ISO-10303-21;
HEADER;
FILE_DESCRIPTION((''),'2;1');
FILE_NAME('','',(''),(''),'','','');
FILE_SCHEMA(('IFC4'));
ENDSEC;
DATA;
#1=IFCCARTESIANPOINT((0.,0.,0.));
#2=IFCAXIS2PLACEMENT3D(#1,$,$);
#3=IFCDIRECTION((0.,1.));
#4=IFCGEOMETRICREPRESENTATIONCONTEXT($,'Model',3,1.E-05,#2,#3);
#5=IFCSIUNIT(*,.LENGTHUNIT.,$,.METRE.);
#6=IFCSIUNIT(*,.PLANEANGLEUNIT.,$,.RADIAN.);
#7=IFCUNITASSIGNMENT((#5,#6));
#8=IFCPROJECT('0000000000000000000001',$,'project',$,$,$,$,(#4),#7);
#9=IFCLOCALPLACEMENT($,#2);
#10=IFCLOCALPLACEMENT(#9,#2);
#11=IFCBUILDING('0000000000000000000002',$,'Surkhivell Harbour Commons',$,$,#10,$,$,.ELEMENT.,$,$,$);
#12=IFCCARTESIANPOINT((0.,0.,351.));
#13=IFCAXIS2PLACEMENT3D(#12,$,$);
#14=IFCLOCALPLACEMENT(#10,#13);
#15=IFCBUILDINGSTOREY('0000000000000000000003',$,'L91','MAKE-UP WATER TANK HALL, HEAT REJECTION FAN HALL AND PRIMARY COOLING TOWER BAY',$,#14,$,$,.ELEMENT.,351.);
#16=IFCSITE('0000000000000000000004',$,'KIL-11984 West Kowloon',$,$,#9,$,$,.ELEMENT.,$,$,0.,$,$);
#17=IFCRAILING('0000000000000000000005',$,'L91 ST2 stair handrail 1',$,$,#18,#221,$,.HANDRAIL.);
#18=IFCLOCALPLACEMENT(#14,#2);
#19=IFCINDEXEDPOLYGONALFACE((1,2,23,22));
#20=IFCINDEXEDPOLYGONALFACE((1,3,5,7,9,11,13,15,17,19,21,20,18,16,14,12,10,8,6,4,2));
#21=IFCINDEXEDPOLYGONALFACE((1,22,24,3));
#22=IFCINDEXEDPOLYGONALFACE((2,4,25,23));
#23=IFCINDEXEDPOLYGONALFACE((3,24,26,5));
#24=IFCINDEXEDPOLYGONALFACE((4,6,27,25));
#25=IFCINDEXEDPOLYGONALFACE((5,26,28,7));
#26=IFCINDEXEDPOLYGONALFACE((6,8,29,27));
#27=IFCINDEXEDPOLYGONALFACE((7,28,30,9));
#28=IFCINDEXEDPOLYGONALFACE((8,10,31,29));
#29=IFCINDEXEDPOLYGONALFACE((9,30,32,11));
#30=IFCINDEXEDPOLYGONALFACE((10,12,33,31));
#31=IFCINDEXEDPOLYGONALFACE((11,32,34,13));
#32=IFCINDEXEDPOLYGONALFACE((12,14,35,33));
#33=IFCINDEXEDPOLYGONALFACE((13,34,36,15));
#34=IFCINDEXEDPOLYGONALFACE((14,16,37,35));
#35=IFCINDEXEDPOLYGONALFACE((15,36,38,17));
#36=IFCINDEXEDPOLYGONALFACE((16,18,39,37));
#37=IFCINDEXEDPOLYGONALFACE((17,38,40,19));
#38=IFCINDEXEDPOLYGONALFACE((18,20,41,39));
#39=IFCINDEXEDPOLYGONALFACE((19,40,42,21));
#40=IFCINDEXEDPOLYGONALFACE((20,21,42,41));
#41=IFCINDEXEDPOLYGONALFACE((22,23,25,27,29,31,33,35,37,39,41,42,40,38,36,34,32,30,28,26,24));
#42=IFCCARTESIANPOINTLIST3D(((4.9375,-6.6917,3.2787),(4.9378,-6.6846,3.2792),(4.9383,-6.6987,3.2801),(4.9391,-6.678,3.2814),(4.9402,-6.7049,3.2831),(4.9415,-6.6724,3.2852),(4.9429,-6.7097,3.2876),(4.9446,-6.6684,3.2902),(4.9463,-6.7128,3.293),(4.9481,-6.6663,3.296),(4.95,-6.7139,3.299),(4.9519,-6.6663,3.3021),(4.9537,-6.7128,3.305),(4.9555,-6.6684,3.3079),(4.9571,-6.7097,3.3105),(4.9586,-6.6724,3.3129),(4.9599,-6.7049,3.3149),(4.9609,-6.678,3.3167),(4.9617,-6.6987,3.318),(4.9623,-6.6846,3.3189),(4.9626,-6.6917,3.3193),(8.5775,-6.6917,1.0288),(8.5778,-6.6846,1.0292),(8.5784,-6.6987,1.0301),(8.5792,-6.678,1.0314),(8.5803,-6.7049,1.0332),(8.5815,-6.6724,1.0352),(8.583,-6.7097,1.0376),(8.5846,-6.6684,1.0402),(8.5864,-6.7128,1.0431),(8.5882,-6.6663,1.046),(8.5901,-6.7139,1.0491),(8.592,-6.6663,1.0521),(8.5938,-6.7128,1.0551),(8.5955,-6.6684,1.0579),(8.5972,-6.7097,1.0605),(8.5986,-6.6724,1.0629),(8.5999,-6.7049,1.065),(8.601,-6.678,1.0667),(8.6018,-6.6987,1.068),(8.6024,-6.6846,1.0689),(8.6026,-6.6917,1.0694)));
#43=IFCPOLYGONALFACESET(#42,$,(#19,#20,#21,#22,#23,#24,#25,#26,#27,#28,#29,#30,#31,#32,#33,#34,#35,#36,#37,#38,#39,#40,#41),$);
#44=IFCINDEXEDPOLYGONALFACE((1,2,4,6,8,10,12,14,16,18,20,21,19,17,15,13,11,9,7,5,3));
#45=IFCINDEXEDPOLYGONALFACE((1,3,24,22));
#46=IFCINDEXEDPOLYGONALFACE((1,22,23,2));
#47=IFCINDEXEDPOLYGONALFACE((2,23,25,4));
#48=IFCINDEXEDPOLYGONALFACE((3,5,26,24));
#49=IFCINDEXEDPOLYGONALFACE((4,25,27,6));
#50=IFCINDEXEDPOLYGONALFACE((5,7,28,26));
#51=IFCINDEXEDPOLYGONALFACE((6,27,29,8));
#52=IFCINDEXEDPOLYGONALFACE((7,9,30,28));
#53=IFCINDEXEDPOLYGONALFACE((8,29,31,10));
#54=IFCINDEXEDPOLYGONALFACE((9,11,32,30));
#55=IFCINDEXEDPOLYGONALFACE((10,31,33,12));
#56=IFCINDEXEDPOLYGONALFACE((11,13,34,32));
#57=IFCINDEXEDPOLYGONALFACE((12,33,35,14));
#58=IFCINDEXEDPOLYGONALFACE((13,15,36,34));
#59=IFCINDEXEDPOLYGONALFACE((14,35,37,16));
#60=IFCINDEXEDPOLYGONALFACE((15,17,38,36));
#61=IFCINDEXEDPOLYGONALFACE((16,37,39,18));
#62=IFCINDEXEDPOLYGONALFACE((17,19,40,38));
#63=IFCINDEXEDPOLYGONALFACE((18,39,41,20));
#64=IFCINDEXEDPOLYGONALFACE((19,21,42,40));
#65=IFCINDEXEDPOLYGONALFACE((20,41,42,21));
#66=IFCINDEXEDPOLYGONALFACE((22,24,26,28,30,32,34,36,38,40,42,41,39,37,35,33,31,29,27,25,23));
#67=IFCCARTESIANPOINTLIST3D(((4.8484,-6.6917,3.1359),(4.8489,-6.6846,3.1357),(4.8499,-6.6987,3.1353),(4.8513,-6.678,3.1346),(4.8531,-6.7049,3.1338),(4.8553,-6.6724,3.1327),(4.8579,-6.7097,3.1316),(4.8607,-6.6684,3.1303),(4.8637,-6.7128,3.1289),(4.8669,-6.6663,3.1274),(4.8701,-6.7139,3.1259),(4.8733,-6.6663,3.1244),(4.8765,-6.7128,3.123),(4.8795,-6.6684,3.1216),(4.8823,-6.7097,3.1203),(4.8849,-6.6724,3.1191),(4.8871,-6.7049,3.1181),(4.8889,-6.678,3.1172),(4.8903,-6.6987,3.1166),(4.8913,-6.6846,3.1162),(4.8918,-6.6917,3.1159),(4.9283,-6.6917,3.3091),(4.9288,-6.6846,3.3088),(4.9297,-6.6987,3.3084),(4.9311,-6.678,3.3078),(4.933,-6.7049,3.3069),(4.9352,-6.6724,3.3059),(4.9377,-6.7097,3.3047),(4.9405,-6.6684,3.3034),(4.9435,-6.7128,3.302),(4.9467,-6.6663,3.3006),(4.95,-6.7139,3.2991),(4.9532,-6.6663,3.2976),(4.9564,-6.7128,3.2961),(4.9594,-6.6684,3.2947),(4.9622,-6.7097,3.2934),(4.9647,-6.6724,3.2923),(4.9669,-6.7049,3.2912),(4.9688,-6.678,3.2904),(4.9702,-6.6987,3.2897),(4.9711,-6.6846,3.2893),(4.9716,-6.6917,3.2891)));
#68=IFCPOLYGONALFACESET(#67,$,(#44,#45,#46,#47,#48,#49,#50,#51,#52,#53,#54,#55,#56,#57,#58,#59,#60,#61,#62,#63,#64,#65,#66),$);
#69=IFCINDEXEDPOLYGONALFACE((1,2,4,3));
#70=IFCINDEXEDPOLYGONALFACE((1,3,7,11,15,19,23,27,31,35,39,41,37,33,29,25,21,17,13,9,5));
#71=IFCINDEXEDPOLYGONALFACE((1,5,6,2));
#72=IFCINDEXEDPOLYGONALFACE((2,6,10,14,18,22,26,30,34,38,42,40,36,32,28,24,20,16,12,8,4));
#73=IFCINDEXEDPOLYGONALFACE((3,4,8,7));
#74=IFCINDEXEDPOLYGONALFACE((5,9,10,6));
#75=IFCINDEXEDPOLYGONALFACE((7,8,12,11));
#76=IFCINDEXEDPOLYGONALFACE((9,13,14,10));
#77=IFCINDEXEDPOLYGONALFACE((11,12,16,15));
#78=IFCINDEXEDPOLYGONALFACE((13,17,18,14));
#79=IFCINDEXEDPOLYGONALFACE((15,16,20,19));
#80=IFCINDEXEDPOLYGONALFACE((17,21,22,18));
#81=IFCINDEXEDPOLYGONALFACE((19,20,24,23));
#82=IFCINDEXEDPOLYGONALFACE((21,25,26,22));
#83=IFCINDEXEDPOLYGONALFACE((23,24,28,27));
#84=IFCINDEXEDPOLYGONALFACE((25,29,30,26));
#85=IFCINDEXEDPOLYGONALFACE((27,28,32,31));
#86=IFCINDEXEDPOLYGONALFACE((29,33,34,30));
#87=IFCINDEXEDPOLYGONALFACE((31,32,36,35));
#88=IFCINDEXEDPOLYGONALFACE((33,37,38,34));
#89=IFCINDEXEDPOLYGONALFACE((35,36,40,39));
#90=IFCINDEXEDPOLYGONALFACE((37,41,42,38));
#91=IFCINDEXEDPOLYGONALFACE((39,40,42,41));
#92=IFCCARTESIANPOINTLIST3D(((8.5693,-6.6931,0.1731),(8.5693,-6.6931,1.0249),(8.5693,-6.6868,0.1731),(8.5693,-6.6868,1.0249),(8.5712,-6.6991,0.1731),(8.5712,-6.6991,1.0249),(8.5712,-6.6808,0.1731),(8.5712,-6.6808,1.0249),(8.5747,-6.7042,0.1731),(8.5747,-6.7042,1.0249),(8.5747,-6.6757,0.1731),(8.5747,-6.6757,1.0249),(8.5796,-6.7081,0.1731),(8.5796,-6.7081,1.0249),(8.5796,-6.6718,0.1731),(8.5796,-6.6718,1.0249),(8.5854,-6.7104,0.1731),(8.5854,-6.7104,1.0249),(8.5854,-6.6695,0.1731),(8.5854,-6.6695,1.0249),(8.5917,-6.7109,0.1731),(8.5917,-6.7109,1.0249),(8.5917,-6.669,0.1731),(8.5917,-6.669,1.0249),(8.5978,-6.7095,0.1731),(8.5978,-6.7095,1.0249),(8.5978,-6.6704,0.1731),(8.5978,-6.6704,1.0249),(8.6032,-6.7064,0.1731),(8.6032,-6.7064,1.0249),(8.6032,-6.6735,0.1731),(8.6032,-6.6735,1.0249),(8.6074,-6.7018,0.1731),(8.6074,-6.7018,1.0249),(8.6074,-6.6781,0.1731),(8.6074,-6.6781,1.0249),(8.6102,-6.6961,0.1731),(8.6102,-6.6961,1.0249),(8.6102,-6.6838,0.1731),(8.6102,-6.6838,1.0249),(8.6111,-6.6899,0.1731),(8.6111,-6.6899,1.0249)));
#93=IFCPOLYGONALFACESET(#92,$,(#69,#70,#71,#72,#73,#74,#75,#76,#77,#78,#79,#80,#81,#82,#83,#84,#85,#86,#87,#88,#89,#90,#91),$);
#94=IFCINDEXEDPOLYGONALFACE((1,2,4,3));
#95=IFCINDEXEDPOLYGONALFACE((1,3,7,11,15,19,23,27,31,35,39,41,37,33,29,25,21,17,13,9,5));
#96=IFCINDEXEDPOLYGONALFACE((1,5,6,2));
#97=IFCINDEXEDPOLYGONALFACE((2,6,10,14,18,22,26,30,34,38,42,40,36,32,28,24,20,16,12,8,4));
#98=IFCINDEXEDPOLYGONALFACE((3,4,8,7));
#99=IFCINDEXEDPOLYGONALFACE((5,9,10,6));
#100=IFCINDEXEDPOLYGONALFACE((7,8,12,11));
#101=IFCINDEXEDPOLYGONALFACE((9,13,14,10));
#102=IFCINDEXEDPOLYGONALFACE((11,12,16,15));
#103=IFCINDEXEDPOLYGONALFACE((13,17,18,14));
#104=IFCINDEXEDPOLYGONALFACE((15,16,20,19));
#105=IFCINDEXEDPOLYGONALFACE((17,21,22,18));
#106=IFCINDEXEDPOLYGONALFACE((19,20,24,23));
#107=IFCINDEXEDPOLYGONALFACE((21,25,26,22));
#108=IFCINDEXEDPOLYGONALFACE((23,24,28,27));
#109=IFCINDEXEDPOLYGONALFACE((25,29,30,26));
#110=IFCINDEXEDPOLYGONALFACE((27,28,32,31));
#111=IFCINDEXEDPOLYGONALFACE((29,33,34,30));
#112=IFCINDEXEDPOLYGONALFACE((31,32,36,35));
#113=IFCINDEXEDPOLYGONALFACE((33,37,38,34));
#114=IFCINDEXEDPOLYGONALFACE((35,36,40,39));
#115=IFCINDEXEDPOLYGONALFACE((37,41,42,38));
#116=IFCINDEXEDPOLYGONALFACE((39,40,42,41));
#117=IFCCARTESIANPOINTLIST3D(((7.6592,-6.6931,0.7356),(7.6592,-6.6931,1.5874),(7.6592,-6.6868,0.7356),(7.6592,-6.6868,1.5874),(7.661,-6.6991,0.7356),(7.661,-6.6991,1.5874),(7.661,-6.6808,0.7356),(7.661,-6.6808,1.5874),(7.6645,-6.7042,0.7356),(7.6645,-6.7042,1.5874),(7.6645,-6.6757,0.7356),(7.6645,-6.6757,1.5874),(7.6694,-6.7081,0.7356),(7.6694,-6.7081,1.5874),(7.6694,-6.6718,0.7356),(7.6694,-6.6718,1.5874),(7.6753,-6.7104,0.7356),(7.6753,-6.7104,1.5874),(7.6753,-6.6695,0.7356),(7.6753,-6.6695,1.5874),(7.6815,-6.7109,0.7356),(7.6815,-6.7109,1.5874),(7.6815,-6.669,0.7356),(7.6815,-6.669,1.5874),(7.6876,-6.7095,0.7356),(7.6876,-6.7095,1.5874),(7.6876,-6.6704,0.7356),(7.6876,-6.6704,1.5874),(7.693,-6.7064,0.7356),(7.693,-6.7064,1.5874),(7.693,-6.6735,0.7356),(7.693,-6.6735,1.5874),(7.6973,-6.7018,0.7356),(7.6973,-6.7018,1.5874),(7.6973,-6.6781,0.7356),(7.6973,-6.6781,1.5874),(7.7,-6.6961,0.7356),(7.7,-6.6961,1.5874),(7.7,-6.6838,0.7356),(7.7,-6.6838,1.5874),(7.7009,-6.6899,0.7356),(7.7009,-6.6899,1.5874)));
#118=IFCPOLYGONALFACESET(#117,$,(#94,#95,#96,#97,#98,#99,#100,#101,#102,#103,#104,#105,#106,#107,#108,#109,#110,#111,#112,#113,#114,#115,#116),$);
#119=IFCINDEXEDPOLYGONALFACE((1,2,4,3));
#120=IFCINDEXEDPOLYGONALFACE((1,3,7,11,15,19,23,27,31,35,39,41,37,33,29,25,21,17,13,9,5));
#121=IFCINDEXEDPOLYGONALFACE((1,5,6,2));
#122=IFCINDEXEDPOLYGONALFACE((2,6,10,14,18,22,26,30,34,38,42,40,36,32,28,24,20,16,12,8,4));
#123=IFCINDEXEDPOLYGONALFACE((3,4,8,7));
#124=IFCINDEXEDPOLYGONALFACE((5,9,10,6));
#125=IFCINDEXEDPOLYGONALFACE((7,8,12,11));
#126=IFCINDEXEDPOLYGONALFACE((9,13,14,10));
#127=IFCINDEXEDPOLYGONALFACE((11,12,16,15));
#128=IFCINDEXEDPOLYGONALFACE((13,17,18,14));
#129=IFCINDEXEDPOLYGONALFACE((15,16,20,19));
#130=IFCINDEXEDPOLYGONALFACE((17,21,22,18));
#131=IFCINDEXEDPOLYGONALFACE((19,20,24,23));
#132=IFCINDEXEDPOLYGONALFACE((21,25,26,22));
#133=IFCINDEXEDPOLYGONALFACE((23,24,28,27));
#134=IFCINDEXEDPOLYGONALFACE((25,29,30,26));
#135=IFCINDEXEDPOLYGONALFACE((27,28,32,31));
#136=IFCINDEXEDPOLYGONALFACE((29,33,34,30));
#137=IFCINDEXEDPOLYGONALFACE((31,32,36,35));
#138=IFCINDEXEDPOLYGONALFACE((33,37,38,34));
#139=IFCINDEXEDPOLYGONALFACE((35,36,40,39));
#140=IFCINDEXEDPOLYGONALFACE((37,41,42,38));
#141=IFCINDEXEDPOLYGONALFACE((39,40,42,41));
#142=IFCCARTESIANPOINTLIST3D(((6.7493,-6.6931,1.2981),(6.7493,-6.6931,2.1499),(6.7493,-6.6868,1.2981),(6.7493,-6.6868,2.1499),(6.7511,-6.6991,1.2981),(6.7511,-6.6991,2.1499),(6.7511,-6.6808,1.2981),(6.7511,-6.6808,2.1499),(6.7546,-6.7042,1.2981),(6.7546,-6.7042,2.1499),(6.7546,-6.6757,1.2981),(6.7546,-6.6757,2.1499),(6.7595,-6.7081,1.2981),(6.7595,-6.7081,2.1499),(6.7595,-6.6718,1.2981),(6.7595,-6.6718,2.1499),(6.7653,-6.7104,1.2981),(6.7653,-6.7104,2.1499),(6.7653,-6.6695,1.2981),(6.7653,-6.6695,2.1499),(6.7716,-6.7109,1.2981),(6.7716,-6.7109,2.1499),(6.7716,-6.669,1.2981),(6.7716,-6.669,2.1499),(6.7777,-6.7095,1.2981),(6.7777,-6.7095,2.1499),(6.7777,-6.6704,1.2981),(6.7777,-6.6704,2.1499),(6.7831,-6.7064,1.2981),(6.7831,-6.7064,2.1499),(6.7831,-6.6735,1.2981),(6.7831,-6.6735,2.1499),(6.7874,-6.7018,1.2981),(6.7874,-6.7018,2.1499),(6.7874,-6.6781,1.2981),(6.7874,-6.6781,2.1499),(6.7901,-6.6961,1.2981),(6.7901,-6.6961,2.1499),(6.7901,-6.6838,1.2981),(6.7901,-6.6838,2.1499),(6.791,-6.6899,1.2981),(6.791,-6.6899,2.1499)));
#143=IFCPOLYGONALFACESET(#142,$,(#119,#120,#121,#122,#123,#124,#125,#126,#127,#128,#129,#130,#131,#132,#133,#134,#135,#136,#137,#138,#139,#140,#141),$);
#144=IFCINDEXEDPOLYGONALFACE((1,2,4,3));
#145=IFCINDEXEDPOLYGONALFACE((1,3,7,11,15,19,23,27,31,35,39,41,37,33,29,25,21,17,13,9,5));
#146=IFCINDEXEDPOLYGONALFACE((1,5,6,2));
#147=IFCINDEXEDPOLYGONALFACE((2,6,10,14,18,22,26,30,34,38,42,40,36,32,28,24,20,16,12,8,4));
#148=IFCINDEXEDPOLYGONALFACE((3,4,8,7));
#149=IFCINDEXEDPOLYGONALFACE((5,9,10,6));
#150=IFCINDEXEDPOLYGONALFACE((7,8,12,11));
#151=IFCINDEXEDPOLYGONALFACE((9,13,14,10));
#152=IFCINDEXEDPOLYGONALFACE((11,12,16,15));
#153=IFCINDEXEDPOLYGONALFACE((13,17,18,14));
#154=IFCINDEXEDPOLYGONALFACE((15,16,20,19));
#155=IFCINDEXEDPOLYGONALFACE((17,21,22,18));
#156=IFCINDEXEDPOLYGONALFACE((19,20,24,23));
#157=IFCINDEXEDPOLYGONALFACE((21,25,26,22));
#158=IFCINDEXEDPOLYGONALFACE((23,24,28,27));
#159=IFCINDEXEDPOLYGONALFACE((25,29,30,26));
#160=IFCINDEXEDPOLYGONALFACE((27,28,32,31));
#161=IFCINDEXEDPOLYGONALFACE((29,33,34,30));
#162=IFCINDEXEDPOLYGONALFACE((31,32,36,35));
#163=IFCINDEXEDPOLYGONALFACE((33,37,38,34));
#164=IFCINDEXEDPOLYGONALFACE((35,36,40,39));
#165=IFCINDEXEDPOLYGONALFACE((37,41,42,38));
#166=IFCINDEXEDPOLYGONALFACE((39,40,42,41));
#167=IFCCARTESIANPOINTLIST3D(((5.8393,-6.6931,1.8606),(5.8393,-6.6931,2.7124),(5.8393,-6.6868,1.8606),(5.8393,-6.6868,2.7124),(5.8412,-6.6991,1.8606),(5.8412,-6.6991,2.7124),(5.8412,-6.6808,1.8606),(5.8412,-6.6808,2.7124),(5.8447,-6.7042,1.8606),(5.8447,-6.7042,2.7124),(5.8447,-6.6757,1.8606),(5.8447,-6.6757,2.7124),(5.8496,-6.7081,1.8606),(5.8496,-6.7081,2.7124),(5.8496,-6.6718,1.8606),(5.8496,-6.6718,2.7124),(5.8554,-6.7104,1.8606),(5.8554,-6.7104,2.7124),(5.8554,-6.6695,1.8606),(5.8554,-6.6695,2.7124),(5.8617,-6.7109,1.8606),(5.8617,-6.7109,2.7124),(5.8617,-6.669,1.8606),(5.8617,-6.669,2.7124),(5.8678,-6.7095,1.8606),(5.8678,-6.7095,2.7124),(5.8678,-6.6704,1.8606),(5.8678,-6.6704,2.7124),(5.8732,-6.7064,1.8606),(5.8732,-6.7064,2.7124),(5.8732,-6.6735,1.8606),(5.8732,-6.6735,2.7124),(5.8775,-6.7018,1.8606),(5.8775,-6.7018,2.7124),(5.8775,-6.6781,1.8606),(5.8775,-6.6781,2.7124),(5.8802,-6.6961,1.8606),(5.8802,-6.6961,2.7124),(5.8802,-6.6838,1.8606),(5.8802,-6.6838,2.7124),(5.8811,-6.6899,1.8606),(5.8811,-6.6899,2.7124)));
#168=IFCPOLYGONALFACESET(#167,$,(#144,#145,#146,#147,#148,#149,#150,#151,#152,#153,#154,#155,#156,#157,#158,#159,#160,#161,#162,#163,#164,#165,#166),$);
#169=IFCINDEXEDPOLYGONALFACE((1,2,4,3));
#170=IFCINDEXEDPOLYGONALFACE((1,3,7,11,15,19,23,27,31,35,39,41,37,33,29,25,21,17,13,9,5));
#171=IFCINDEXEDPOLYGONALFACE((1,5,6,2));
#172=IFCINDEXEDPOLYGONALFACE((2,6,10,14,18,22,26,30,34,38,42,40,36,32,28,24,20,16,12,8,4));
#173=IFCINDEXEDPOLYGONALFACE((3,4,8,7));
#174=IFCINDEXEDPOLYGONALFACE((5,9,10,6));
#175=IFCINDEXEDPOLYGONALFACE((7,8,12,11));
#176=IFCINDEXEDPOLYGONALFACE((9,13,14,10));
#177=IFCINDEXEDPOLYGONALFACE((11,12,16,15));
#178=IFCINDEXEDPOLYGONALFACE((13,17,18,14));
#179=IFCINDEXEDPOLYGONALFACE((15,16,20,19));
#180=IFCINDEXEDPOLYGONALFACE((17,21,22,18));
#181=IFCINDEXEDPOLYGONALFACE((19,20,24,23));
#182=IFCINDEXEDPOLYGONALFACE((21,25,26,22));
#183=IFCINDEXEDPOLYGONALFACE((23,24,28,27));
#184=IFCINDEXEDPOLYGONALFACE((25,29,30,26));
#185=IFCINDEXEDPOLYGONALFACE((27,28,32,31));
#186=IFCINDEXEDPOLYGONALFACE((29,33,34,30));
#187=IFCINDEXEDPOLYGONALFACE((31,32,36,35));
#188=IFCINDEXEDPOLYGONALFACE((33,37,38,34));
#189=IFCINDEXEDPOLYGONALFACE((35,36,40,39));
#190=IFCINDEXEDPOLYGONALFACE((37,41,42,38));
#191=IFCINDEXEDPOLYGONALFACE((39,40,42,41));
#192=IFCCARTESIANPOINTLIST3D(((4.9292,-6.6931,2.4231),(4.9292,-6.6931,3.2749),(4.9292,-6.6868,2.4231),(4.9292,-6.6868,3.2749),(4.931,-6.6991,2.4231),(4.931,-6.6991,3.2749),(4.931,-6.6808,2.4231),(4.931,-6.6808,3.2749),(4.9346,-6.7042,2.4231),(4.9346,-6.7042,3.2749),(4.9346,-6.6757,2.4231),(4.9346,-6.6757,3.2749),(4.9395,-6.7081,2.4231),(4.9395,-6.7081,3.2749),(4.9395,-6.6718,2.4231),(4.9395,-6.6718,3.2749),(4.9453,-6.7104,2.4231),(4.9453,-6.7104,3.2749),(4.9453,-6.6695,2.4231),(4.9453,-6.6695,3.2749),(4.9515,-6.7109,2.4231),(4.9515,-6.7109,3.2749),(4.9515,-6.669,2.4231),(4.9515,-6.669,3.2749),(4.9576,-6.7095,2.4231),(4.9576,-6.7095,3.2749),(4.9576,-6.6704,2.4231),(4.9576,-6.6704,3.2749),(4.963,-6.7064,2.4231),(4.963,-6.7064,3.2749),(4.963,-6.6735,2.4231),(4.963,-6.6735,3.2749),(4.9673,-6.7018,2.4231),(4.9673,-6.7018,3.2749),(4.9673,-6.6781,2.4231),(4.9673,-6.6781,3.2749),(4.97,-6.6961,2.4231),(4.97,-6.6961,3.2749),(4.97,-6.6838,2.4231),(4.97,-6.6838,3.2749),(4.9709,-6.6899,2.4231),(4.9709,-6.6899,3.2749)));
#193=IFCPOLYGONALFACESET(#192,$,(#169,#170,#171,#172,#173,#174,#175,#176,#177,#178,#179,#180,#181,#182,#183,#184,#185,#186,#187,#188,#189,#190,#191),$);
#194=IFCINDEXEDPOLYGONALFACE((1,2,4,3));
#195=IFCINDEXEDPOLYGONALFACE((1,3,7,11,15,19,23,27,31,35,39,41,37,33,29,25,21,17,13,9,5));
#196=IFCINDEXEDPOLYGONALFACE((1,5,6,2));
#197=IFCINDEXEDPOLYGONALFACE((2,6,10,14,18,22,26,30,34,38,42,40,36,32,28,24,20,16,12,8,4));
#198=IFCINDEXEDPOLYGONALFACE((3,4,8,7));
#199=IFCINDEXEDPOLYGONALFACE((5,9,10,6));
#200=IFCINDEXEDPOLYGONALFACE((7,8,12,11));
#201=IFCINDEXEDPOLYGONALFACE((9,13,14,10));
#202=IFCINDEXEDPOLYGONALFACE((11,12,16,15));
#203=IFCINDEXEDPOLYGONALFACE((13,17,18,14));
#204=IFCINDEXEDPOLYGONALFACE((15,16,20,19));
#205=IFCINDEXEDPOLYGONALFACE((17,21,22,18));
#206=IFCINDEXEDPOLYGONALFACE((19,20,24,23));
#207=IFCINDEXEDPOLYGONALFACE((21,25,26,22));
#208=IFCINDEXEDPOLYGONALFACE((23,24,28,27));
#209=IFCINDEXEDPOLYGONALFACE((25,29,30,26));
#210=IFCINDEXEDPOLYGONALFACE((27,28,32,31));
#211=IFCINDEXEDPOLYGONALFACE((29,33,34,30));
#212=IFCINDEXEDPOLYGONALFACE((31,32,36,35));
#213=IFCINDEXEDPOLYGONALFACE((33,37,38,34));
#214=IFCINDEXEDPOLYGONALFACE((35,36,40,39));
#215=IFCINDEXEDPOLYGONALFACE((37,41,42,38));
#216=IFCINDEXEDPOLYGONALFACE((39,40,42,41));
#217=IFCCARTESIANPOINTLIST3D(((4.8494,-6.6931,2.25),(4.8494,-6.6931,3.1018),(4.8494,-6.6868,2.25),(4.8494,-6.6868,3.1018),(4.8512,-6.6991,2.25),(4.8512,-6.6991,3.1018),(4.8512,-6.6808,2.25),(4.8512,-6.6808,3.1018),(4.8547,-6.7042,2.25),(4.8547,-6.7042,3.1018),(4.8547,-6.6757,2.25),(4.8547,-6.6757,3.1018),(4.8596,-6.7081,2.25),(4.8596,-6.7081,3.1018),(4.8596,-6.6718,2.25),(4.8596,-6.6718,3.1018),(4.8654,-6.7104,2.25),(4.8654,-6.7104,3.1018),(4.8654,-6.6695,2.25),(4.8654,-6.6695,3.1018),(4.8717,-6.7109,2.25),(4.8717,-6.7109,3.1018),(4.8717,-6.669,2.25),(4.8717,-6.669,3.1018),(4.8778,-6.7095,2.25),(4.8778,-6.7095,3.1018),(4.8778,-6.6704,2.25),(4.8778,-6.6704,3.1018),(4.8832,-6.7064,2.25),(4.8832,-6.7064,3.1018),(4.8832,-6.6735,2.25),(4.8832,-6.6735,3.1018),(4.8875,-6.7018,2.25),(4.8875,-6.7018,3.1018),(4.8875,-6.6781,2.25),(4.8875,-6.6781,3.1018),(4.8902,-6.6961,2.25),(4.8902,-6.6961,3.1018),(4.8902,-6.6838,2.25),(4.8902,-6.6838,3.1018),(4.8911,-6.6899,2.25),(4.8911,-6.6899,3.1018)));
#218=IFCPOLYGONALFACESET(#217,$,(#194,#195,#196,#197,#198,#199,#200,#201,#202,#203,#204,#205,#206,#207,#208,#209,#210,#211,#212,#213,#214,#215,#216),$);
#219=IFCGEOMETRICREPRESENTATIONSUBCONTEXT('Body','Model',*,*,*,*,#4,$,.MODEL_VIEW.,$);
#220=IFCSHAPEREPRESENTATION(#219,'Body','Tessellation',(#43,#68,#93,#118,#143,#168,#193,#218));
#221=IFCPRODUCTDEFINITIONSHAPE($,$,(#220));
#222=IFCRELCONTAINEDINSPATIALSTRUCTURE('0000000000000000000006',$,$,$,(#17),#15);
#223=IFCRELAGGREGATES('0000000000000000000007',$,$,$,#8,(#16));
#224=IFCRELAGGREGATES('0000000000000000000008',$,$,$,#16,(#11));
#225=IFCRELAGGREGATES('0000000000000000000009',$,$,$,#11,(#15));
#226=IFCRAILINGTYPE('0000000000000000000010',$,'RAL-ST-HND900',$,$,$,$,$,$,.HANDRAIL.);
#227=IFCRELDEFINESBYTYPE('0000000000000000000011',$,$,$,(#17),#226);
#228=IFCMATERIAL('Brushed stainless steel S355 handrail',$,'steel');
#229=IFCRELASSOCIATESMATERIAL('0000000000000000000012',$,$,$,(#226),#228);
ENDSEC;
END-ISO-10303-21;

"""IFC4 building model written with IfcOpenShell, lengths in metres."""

from ifc_helpers import new_model, si_unit, direction, frame, origin, origin_2d, place, context, subcontext, project, spatial, circle, extrude, material, type_object, element, save


model = new_model("IFC4")

# Units and contexts
model_context = context("Model", 3, precision=1e-05, world=origin(), true_north=direction((0.0, 1.0)))
body_context = subcontext(model_context, "Body", "Model", "MODEL_VIEW")
ifc_project = project(units=[si_unit("LENGTHUNIT", "METRE"), si_unit("PLANEANGLEUNIT", "RADIAN")], contexts=[model_context])

# Site, building, storey
site_placement = place(None, origin())
site = spatial("IfcSite", under=ifc_project, at=site_placement, Name="KIL-11984 West Kowloon", CompositionType="ELEMENT", RefElevation=0.0)
building_placement = place(site_placement, origin())
building = spatial("IfcBuilding", under=site, at=building_placement, Name="Surkhivell Harbour Commons", CompositionType="ELEMENT")
storey_placement = place(building_placement, frame((0.0, 0.0, 351.0)))
storey = spatial("IfcBuildingStorey", under=building, at=storey_placement, Name="L91", Description="MAKE-UP WATER TANK HALL, HEAT REJECTION FAN HALL AND PRIMARY COOLING TOWER BAY", CompositionType="ELEMENT", Elevation=351.0)

# Railing
ifc_material_1 = material(Name="Brushed stainless steel S355 handrail", Category="steel")
railing_type_1 = type_object("IfcRailingType", Name="RAL-ST-HND900", PredefinedType="HANDRAIL", material=ifc_material_1)
railing_1_placement = place(storey_placement, frame((8.5901, -6.6899, 0.1731)))
element("IfcRailing", 1, at=railing_1_placement, inside=storey, type_object=railing_type_1, Name="L91 ST2 stair handrail 1", PredefinedType="HANDRAIL", context=body_context, shape_type="SweptSolid", body=[
    extrude(circle(Radius=0.0239, at=origin_2d()), frame((0.0, 0.0, 0.876), z_axis=(-0.850622, 0.0, 0.525777), x_axis=(0.0, -1.0, 0.0)), (0.0, 0.0, 1.0), 4.2793),
    extrude(circle(Radius=0.0239, at=origin_2d()), frame((-3.6401, 0.0, 3.126), z_axis=(-0.418815, 0.0, -0.908072), x_axis=(0.0, -1.0, 0.0)), (0.0, 0.0, 1.0), 0.1907),
    extrude(circle(Radius=0.021, at=origin_2d()), origin(), (0.0, 0.0, 1.0), 0.8518),
    extrude(circle(Radius=0.021, at=origin_2d()), frame((-0.9102, 0.0, 0.5625)), (0.0, 0.0, 1.0), 0.8518),
    extrude(circle(Radius=0.021, at=origin_2d()), frame((-1.8201, 0.0, 1.125)), (0.0, 0.0, 1.0), 0.8518),
    extrude(circle(Radius=0.021, at=origin_2d()), frame((-2.73, 0.0, 1.6875)), (0.0, 0.0, 1.0), 0.8518),
    extrude(circle(Radius=0.021, at=origin_2d()), frame((-3.6401, 0.0, 2.25)), (0.0, 0.0, 1.0), 0.8518),
    extrude(circle(Radius=0.021, at=origin_2d()), frame((-3.72, 0.0, 2.0769)), (0.0, 0.0, 1.0), 0.8518),
])

save(model, "model.ifc")
